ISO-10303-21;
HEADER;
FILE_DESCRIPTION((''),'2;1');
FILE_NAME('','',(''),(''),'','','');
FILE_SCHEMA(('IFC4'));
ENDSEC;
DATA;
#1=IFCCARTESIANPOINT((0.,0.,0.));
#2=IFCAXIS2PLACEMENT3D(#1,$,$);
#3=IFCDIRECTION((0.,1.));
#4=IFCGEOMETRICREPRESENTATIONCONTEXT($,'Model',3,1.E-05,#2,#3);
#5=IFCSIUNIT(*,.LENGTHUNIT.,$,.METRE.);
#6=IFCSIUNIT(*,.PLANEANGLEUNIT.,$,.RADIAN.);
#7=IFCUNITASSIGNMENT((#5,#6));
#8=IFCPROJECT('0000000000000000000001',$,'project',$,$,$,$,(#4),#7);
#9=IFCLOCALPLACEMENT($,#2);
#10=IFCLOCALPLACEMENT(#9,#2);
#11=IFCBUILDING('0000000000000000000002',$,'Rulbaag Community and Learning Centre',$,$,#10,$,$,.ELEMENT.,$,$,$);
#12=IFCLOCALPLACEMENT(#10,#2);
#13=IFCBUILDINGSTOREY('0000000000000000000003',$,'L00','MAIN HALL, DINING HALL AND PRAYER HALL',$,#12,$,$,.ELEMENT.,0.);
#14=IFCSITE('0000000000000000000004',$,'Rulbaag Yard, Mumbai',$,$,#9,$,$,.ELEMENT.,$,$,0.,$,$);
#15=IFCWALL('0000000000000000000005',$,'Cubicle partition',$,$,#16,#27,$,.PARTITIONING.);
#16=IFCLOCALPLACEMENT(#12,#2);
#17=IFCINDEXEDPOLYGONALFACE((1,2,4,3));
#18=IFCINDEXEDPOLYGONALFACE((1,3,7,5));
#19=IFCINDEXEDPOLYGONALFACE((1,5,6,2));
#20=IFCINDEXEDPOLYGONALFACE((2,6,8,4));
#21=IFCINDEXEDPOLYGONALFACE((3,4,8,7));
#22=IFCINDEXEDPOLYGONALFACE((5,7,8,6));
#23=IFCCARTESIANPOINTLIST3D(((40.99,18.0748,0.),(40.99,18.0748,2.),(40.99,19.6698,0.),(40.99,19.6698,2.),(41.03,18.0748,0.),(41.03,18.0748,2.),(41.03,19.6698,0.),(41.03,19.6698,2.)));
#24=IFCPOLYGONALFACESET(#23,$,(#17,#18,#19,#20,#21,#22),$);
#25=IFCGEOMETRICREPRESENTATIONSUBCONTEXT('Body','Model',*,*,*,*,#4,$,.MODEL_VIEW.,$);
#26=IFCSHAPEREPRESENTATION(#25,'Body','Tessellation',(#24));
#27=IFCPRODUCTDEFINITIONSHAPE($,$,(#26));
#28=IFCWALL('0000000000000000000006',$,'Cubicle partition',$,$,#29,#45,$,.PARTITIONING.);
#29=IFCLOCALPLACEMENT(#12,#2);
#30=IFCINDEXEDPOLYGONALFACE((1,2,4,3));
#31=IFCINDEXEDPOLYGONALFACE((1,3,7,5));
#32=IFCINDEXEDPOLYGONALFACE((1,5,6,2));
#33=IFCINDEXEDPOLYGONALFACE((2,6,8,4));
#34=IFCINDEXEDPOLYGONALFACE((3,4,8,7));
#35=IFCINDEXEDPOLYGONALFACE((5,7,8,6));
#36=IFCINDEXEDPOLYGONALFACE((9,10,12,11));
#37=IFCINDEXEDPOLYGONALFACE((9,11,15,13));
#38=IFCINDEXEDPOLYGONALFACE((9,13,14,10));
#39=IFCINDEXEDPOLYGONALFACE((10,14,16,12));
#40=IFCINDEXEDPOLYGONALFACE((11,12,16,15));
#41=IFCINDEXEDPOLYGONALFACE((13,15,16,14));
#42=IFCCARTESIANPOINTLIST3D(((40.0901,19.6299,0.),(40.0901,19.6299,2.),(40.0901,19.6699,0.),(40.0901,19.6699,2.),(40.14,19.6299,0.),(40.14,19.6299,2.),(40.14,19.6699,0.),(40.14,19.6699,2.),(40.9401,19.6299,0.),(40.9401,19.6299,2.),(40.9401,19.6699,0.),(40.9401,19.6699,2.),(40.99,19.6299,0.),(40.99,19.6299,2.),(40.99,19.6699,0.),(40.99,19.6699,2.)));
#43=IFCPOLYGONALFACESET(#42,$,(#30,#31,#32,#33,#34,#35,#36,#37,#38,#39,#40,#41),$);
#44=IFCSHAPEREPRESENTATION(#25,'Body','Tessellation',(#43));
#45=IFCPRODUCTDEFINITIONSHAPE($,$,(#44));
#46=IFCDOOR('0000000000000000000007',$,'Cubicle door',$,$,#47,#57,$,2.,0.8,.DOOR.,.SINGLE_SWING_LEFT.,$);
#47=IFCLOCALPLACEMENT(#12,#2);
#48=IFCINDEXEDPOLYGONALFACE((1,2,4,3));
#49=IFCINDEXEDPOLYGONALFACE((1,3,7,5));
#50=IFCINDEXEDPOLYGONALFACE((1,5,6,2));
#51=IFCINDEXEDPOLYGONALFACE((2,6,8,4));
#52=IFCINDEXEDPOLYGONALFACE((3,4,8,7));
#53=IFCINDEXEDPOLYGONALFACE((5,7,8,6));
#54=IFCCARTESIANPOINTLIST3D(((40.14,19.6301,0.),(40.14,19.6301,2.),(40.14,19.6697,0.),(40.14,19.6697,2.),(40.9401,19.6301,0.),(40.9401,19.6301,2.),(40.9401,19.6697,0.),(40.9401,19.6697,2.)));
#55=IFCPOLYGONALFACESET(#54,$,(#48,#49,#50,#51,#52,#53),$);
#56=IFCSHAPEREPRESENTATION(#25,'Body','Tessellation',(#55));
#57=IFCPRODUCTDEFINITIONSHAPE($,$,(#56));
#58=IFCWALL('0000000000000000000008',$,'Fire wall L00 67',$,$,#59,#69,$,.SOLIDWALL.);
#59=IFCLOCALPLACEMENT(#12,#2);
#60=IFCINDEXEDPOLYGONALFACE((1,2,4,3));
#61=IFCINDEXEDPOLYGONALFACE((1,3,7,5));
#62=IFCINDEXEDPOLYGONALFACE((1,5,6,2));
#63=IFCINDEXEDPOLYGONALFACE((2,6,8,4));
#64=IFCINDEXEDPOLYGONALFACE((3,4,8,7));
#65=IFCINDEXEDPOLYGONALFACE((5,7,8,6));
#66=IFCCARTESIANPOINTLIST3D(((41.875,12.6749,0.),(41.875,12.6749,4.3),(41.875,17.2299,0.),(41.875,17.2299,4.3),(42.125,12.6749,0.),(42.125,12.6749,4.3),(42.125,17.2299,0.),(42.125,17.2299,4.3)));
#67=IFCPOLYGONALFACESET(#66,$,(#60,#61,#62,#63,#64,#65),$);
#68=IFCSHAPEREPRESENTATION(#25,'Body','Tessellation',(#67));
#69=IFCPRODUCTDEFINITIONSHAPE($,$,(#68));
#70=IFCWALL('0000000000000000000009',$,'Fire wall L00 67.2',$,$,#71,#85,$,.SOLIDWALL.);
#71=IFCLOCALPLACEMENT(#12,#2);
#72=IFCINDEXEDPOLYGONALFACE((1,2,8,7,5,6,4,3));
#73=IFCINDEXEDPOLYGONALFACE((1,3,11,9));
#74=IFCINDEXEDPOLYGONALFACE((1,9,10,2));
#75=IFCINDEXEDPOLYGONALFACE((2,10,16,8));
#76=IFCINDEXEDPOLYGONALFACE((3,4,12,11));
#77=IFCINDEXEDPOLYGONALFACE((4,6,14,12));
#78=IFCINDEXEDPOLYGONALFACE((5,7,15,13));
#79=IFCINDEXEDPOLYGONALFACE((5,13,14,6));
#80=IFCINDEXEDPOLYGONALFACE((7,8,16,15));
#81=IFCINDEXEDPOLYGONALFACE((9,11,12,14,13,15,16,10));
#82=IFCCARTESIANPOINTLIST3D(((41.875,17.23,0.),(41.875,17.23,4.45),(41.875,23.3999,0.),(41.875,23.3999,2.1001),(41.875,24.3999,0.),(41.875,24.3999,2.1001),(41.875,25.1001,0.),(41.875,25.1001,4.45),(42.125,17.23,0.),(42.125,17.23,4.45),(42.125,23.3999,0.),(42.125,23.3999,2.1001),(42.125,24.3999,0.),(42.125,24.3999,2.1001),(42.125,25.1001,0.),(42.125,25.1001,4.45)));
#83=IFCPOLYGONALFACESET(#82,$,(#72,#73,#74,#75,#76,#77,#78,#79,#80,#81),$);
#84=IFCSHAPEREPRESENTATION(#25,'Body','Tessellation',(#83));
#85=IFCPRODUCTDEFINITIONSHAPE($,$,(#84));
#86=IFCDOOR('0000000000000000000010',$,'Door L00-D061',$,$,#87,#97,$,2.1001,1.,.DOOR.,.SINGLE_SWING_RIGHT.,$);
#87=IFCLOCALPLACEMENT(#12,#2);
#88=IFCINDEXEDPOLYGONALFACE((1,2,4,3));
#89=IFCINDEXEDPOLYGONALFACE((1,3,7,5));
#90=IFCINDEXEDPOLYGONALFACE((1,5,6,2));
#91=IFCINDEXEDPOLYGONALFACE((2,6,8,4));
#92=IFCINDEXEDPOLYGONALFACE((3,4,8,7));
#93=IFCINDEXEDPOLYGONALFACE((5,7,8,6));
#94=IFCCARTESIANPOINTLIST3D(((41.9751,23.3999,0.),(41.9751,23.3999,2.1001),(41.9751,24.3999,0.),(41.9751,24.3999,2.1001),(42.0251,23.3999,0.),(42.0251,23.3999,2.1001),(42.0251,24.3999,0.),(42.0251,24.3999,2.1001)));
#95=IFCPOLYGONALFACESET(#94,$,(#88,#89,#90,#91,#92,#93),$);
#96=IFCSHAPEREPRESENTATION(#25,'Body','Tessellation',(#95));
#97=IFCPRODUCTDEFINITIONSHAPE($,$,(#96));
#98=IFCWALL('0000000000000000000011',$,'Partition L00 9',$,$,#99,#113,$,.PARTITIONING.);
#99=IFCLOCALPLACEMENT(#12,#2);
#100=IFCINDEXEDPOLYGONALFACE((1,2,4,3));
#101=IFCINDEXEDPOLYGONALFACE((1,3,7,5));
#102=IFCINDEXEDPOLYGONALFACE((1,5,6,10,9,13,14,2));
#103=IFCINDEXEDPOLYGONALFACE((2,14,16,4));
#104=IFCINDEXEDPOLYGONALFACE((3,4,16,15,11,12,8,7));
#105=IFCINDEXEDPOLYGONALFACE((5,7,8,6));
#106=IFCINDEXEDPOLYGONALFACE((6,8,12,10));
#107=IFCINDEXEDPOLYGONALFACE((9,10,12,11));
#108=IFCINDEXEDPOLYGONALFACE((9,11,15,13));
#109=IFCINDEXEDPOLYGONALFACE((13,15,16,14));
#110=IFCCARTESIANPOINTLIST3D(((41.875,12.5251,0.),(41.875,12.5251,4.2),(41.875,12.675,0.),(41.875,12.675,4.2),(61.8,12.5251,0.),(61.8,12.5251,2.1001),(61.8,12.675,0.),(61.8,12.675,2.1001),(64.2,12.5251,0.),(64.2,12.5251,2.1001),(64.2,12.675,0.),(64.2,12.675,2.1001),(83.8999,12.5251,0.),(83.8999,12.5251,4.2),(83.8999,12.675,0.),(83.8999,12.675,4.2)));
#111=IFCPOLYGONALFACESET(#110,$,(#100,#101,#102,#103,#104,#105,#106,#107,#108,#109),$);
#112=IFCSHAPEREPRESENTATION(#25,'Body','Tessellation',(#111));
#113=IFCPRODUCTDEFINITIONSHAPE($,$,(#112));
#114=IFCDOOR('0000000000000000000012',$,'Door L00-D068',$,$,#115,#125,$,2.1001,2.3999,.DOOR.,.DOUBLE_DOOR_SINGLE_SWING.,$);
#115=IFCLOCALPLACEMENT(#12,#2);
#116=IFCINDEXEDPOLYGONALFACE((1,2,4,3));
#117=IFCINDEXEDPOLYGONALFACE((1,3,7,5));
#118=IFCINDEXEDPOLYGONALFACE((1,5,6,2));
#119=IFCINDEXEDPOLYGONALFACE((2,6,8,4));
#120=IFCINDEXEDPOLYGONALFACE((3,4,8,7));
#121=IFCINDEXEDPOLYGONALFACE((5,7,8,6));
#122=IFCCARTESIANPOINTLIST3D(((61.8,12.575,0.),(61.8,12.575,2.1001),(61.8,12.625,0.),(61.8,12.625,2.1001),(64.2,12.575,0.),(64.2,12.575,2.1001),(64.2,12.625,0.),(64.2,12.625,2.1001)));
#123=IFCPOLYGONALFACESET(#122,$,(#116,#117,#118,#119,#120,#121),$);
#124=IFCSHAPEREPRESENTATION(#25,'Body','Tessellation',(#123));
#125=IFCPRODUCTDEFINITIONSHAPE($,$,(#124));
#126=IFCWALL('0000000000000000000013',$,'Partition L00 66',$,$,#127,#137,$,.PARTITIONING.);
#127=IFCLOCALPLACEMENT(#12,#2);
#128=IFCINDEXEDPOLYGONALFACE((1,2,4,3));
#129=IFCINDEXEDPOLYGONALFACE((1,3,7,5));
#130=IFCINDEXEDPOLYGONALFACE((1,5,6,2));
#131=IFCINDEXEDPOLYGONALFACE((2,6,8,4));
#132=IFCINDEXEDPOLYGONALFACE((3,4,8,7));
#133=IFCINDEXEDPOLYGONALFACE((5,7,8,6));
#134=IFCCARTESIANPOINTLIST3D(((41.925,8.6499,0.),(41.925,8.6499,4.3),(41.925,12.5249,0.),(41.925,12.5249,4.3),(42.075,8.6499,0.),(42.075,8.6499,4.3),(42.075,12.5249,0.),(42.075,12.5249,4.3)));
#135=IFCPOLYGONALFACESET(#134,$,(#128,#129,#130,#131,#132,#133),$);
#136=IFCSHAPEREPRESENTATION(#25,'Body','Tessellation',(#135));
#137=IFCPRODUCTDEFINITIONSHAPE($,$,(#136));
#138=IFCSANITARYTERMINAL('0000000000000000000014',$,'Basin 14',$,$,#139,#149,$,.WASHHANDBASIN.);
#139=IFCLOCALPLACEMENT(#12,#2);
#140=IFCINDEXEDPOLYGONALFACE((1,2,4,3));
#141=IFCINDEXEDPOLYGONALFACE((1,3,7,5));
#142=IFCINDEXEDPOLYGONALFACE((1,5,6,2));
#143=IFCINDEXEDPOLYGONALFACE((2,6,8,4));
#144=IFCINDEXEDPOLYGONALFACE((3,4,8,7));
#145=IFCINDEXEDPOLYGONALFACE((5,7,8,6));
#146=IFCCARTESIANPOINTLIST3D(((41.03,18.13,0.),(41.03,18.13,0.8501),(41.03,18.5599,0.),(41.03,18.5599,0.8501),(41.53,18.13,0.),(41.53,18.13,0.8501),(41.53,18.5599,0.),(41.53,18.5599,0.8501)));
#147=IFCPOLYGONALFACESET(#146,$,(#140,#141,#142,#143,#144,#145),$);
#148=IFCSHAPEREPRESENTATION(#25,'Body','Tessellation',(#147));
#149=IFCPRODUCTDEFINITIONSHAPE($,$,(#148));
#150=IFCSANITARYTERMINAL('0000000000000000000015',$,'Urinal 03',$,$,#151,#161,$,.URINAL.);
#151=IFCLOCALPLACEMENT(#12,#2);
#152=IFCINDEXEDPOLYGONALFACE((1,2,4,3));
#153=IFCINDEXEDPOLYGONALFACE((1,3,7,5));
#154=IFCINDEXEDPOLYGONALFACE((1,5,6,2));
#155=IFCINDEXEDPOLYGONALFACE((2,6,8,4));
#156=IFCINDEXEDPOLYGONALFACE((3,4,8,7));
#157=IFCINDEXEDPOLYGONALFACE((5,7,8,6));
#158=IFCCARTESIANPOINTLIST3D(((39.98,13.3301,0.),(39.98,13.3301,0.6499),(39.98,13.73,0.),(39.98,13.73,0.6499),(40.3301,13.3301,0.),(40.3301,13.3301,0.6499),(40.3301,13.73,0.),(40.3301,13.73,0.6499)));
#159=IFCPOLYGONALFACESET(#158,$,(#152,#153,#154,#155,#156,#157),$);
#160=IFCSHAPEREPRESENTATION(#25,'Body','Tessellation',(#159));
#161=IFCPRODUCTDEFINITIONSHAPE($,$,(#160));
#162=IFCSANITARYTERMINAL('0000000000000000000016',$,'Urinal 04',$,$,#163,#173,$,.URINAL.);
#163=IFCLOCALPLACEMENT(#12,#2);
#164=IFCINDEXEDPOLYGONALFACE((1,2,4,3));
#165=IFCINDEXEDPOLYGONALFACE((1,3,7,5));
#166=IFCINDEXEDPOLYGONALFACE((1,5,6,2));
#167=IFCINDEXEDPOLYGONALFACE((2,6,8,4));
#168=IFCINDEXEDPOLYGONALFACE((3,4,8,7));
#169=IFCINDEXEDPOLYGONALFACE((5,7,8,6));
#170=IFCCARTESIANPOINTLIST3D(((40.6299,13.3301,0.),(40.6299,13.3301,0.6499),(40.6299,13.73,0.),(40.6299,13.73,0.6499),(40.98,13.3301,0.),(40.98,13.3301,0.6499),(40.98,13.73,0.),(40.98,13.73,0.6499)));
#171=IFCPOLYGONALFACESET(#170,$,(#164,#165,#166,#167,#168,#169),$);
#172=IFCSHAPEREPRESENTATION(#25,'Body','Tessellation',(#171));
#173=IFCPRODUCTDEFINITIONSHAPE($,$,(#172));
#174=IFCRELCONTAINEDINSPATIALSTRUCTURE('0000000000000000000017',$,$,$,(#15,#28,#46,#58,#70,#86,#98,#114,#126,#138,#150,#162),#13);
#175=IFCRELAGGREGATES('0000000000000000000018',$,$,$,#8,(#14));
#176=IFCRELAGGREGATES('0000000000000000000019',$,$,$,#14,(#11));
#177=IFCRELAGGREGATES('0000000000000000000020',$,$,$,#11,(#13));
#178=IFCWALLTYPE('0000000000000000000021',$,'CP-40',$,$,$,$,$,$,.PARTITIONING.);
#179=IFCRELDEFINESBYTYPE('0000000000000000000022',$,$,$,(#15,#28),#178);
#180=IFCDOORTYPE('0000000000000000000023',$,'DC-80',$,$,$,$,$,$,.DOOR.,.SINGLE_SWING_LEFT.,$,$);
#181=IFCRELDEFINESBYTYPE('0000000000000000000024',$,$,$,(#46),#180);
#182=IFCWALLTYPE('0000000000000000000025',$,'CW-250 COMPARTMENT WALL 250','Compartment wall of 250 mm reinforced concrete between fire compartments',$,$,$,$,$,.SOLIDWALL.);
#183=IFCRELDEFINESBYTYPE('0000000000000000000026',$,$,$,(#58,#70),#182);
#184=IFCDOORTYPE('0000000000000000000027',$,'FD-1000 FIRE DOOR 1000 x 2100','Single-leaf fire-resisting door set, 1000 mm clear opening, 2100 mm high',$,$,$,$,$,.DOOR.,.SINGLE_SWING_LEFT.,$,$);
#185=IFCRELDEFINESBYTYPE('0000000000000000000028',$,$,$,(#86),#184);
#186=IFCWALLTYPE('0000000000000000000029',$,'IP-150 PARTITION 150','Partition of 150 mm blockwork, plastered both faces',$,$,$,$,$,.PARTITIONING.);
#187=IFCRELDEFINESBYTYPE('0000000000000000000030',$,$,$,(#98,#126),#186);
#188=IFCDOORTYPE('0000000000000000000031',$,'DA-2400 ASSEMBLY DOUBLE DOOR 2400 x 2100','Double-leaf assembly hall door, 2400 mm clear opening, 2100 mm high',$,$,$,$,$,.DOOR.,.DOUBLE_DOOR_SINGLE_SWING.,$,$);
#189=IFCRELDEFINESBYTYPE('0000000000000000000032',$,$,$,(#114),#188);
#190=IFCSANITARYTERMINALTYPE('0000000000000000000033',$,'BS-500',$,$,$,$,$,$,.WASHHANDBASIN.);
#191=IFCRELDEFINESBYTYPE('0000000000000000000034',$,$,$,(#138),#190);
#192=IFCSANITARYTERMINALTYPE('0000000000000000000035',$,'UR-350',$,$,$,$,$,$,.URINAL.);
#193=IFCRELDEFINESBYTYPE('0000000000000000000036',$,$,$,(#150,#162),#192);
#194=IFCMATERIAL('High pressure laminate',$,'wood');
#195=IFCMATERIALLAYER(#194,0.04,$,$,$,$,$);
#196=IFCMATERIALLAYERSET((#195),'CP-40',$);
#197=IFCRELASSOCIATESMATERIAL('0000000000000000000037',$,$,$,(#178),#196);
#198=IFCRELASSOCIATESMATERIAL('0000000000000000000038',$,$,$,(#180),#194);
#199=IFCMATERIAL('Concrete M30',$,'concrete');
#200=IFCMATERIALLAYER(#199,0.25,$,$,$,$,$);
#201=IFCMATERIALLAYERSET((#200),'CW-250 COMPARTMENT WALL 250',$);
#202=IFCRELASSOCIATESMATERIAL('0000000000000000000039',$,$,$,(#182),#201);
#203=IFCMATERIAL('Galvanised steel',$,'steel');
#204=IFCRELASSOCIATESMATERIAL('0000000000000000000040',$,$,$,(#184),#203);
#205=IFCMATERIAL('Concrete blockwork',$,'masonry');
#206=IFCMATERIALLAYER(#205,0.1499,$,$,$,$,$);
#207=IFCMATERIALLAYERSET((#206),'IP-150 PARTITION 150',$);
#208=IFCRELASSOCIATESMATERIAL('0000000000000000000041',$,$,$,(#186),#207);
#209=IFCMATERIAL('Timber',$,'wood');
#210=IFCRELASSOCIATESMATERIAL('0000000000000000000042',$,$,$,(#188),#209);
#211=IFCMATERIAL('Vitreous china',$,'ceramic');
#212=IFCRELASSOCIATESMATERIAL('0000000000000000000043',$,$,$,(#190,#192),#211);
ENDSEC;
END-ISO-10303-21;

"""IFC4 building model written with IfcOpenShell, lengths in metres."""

from ifc_helpers import new_model, si_unit, direction, frame, frame_2d, origin, origin_2d, place, context, subcontext, project, spatial, rectangle, extrude, material, layer, layer_set, type_object, element, fill, save


model = new_model("IFC4")

# Units and contexts
model_context = context("Model", 3, precision=1e-05, world=origin(), true_north=direction((0.0, 1.0)))
body_context = subcontext(model_context, "Body", "Model", "MODEL_VIEW")
ifc_project = project(units=[si_unit("LENGTHUNIT", "METRE"), si_unit("PLANEANGLEUNIT", "RADIAN")], contexts=[model_context])

# Site, building, storey
site_placement = place(None, origin())
site = spatial("IfcSite", under=ifc_project, at=site_placement, Name="Rulbaag Yard, Mumbai", CompositionType="ELEMENT", RefElevation=0.0)
building_placement = place(site_placement, origin())
building = spatial("IfcBuilding", under=site, at=building_placement, Name="Rulbaag Community and Learning Centre", CompositionType="ELEMENT")
storey_placement = place(building_placement, origin())
storey = spatial("IfcBuildingStorey", under=building, at=storey_placement, Name="L00", Description="MAIN HALL, DINING HALL AND PRAYER HALL", CompositionType="ELEMENT", Elevation=0.0)

# Wall
ifc_material_1 = material(Name="High pressure laminate", Category="wood")
ifc_layer_1 = layer(ifc_material_1, 0.04)
ifc_layer_set_1 = layer_set([ifc_layer_1], Name="CP-40")
wall_type_1 = type_object("IfcWallType", Name="CP-40", PredefinedType="PARTITIONING", material=ifc_layer_set_1)
for number, where, z_axis, x_axis, name in (
    (1, (41.01, 18.075, 0.0), (0.0, 0.0, 1.0), (0.0, 1.0, 0.0), "Cubicle partition"),
):
    element("IfcWall", number, at=place(storey_placement, frame(where, z_axis=z_axis, x_axis=x_axis)), inside=storey, type_object=wall_type_1, Name=name, PredefinedType="PARTITIONING", context=body_context, shape_type="SweptSolid", body=[
        extrude(rectangle(XDim=1.595, YDim=0.04, at=frame_2d((0.7974, 0.0))), origin(), (0.0, 0.0, 1.0), 2.0),
    ])

# Wall, opening, door
wall_1_placement = place(storey_placement, frame((40.0901, 19.6499, 0.0), z_axis=(0.0, 0.0, 1.0), x_axis=(1.0, 0.0, 0.0)))
wall_1 = element("IfcWall", 2, at=wall_1_placement, inside=storey, type_object=wall_type_1, Name="Cubicle partition", PredefinedType="PARTITIONING", context=body_context, shape_type="SweptSolid", body=[
    extrude(rectangle(XDim=0.8999, YDim=0.04, at=frame_2d((0.45, 0.0))), origin(), (0.0, 0.0, 1.0), 2.0),
])
opening_1_placement = place(wall_1_placement, frame((0.05, 0.0, 0.0)))
opening_1 = element("IfcOpeningElement", 3, at=opening_1_placement, cuts=wall_1, PredefinedType="OPENING", context=body_context, shape_type="SweptSolid", body=[
    extrude(rectangle(XDim=0.8, YDim=2.0, at=frame_2d((0.3999, 1.0))), frame((0.0, 0.03, 0.0), z_axis=(0.0, -1.0, 0.0), x_axis=(1.0, 0.0, 0.0)), (0.0, 0.0, 1.0), 0.0601),
])
door_type_1 = type_object("IfcDoorType", Name="DC-80", OperationType="SINGLE_SWING_LEFT", PredefinedType="DOOR", material=ifc_material_1)
door_1_placement = place(opening_1_placement, origin())
door_1 = element("IfcDoor", 4, at=door_1_placement, inside=storey, type_object=door_type_1, Name="Cubicle door", OperationType="SINGLE_SWING_LEFT", OverallHeight=2.0, OverallWidth=0.8, PredefinedType="DOOR", context=body_context, shape_type="SweptSolid", body=[
    extrude(rectangle(XDim=0.8, YDim=2.0, at=frame_2d((0.3999, 1.0))), frame((0.0, 0.0198, 0.0), z_axis=(0.0, -1.0, 0.0), x_axis=(1.0, 0.0, 0.0)), (0.0, 0.0, 1.0), 0.0396),
])
fill(opening_1, door_1)

# Wall
ifc_material_2 = material(Name="Concrete M30", Category="concrete")
ifc_layer_2 = layer(ifc_material_2, 0.25)
ifc_layer_set_2 = layer_set([ifc_layer_2], Name="CW-250 COMPARTMENT WALL 250")
wall_type_2 = type_object("IfcWallType", Name="CW-250 COMPARTMENT WALL 250", Description="Compartment wall of 250 mm reinforced concrete between fire compartments", PredefinedType="SOLIDWALL", material=ifc_layer_set_2)
wall_2_placement = place(storey_placement, frame((42.0, 12.675, 0.0), z_axis=(0.0, 0.0, 1.0), x_axis=(0.0, 1.0, 0.0)))
element("IfcWall", 5, at=wall_2_placement, inside=storey, type_object=wall_type_2, Name="Fire wall L00 67", PredefinedType="SOLIDWALL", context=body_context, shape_type="SweptSolid", body=[
    extrude(rectangle(XDim=4.5549, YDim=0.25, at=frame_2d((2.2773, 0.0))), origin(), (0.0, 0.0, 1.0), 4.3),
])

# Walls, openings, doors
wall_3_placement = place(storey_placement, frame((42.0, 17.23, 0.0), z_axis=(0.0, 0.0, 1.0), x_axis=(0.0, 1.0, 0.0)))
wall_3 = element("IfcWall", 6, at=wall_3_placement, inside=storey, type_object=wall_type_2, Name="Fire wall L00 67.2", PredefinedType="SOLIDWALL", context=body_context, shape_type="SweptSolid", body=[
    extrude(rectangle(XDim=7.8701, YDim=0.25, at=frame_2d((3.9351, 0.0))), origin(), (0.0, 0.0, 1.0), 4.45),
])
opening_2_placement = place(wall_3_placement, frame((6.1699, 0.0, 0.0)))
opening_2 = element("IfcOpeningElement", 7, at=opening_2_placement, cuts=wall_3, PredefinedType="OPENING", context=body_context, shape_type="SweptSolid", body=[
    extrude(rectangle(XDim=1.0, YDim=2.1001, at=frame_2d((0.5, 1.05))), frame((0.0, 0.135, 0.0), z_axis=(0.0, -1.0, 0.0), x_axis=(1.0, 0.0, 0.0)), (0.0, 0.0, 1.0), 0.27),
])
ifc_material_3 = material(Name="Galvanised steel", Category="steel")
door_type_2 = type_object("IfcDoorType", Name="FD-1000 FIRE DOOR 1000 x 2100", Description="Single-leaf fire-resisting door set, 1000 mm clear opening, 2100 mm high", OperationType="SINGLE_SWING_LEFT", PredefinedType="DOOR", material=ifc_material_3)
door_2_placement = place(opening_2_placement, origin())
door_2 = element("IfcDoor", 8, at=door_2_placement, inside=storey, type_object=door_type_2, Name="Door L00-D061", OperationType="SINGLE_SWING_RIGHT", OverallHeight=2.1001, OverallWidth=1.0, PredefinedType="DOOR", context=body_context, shape_type="SweptSolid", body=[
    extrude(rectangle(XDim=1.0, YDim=2.1001, at=frame_2d((0.5, 1.05))), frame((0.0, 0.0249, 0.0), z_axis=(0.0, -1.0, 0.0), x_axis=(1.0, 0.0, 0.0)), (0.0, 0.0, 1.0), 0.05),
])
fill(opening_2, door_2)
ifc_material_4 = material(Name="Concrete blockwork", Category="masonry")
ifc_layer_3 = layer(ifc_material_4, 0.1499)
ifc_layer_set_3 = layer_set([ifc_layer_3], Name="IP-150 PARTITION 150")
wall_type_3 = type_object("IfcWallType", Name="IP-150 PARTITION 150", Description="Partition of 150 mm blockwork, plastered both faces", PredefinedType="PARTITIONING", material=ifc_layer_set_3)
wall_4_placement = place(storey_placement, frame((41.875, 12.6001, 0.0), z_axis=(0.0, 0.0, 1.0), x_axis=(1.0, 0.0, 0.0)))
wall_4 = element("IfcWall", 9, at=wall_4_placement, inside=storey, type_object=wall_type_3, Name="Partition L00 9", PredefinedType="PARTITIONING", context=body_context, shape_type="SweptSolid", body=[
    extrude(rectangle(XDim=42.0249, YDim=0.1499, at=frame_2d((21.0125, 0.0))), origin(), (0.0, 0.0, 1.0), 4.2),
])
opening_3_placement = place(wall_4_placement, frame((19.925, 0.0, 0.0)))
opening_3 = element("IfcOpeningElement", 10, at=opening_3_placement, cuts=wall_4, PredefinedType="OPENING", context=body_context, shape_type="SweptSolid", body=[
    extrude(rectangle(XDim=2.3999, YDim=2.1001, at=frame_2d((1.2, 1.05))), frame((0.0, 0.085, 0.0), z_axis=(0.0, -1.0, 0.0), x_axis=(1.0, 0.0, 0.0)), (0.0, 0.0, 1.0), 0.1699),
])
ifc_material_5 = material(Name="Timber", Category="wood")
door_type_3 = type_object("IfcDoorType", Name="DA-2400 ASSEMBLY DOUBLE DOOR 2400 x 2100", Description="Double-leaf assembly hall door, 2400 mm clear opening, 2100 mm high", OperationType="DOUBLE_DOOR_SINGLE_SWING", PredefinedType="DOOR", material=ifc_material_5)
door_3_placement = place(opening_3_placement, origin())
door_3 = element("IfcDoor", 11, at=door_3_placement, inside=storey, type_object=door_type_3, Name="Door L00-D068", OperationType="DOUBLE_DOOR_SINGLE_SWING", OverallHeight=2.1001, OverallWidth=2.3999, PredefinedType="DOOR", context=body_context, shape_type="SweptSolid", body=[
    extrude(rectangle(XDim=2.3999, YDim=2.1001, at=frame_2d((1.2, 1.05))), frame((0.0, 0.0249, 0.0), z_axis=(0.0, -1.0, 0.0), x_axis=(1.0, 0.0, 0.0)), (0.0, 0.0, 1.0), 0.05),
])
fill(opening_3, door_3)

# Wall
wall_5_placement = place(storey_placement, frame((42.0, 8.6499, 0.0), z_axis=(0.0, 0.0, 1.0), x_axis=(0.0, 1.0, 0.0)))
element("IfcWall", 12, at=wall_5_placement, inside=storey, type_object=wall_type_3, Name="Partition L00 66", PredefinedType="PARTITIONING", context=body_context, shape_type="SweptSolid", body=[
    extrude(rectangle(XDim=3.875, YDim=0.1499, at=frame_2d((1.9375, 0.0))), origin(), (0.0, 0.0, 1.0), 4.3),
])

# Sanitary terminals
ifc_material_6 = material(Name="Vitreous china", Category="ceramic")
sanitary_terminal_type_1 = type_object("IfcSanitaryTerminalType", Name="BS-500", PredefinedType="WASHHANDBASIN", material=ifc_material_6)
sanitary_terminal_1_placement = place(storey_placement, frame((41.28, 18.345, 0.0), z_axis=(0.0, 0.0, 1.0), x_axis=(1.0, 0.0, 0.0)))
element("IfcSanitaryTerminal", 13, at=sanitary_terminal_1_placement, inside=storey, type_object=sanitary_terminal_type_1, Name="Basin 14", PredefinedType="WASHHANDBASIN", context=body_context, shape_type="SweptSolid", body=[
    extrude(rectangle(XDim=0.5, YDim=0.4299, at=origin_2d()), origin(), (0.0, 0.0, 1.0), 0.8501),
])
sanitary_terminal_type_2 = type_object("IfcSanitaryTerminalType", Name="UR-350", PredefinedType="URINAL", material=ifc_material_6)
for number, where, z_axis, x_axis, name in (
    (14, (40.155, 13.53, 0.0), (0.0, 0.0, 1.0), (1.0, 0.0, 0.0), "Urinal 03"),
    (15, (40.8049, 13.53, 0.0), (0.0, 0.0, 1.0), (1.0, 0.0, 0.0), "Urinal 04"),
):
    element("IfcSanitaryTerminal", number, at=place(storey_placement, frame(where, z_axis=z_axis, x_axis=x_axis)), inside=storey, type_object=sanitary_terminal_type_2, Name=name, PredefinedType="URINAL", context=body_context, shape_type="SweptSolid", body=[
        extrude(rectangle(XDim=0.3501, YDim=0.3999, at=origin_2d()), origin(), (0.0, 0.0, 1.0), 0.6499),
    ])

save(model, "model.ifc")
